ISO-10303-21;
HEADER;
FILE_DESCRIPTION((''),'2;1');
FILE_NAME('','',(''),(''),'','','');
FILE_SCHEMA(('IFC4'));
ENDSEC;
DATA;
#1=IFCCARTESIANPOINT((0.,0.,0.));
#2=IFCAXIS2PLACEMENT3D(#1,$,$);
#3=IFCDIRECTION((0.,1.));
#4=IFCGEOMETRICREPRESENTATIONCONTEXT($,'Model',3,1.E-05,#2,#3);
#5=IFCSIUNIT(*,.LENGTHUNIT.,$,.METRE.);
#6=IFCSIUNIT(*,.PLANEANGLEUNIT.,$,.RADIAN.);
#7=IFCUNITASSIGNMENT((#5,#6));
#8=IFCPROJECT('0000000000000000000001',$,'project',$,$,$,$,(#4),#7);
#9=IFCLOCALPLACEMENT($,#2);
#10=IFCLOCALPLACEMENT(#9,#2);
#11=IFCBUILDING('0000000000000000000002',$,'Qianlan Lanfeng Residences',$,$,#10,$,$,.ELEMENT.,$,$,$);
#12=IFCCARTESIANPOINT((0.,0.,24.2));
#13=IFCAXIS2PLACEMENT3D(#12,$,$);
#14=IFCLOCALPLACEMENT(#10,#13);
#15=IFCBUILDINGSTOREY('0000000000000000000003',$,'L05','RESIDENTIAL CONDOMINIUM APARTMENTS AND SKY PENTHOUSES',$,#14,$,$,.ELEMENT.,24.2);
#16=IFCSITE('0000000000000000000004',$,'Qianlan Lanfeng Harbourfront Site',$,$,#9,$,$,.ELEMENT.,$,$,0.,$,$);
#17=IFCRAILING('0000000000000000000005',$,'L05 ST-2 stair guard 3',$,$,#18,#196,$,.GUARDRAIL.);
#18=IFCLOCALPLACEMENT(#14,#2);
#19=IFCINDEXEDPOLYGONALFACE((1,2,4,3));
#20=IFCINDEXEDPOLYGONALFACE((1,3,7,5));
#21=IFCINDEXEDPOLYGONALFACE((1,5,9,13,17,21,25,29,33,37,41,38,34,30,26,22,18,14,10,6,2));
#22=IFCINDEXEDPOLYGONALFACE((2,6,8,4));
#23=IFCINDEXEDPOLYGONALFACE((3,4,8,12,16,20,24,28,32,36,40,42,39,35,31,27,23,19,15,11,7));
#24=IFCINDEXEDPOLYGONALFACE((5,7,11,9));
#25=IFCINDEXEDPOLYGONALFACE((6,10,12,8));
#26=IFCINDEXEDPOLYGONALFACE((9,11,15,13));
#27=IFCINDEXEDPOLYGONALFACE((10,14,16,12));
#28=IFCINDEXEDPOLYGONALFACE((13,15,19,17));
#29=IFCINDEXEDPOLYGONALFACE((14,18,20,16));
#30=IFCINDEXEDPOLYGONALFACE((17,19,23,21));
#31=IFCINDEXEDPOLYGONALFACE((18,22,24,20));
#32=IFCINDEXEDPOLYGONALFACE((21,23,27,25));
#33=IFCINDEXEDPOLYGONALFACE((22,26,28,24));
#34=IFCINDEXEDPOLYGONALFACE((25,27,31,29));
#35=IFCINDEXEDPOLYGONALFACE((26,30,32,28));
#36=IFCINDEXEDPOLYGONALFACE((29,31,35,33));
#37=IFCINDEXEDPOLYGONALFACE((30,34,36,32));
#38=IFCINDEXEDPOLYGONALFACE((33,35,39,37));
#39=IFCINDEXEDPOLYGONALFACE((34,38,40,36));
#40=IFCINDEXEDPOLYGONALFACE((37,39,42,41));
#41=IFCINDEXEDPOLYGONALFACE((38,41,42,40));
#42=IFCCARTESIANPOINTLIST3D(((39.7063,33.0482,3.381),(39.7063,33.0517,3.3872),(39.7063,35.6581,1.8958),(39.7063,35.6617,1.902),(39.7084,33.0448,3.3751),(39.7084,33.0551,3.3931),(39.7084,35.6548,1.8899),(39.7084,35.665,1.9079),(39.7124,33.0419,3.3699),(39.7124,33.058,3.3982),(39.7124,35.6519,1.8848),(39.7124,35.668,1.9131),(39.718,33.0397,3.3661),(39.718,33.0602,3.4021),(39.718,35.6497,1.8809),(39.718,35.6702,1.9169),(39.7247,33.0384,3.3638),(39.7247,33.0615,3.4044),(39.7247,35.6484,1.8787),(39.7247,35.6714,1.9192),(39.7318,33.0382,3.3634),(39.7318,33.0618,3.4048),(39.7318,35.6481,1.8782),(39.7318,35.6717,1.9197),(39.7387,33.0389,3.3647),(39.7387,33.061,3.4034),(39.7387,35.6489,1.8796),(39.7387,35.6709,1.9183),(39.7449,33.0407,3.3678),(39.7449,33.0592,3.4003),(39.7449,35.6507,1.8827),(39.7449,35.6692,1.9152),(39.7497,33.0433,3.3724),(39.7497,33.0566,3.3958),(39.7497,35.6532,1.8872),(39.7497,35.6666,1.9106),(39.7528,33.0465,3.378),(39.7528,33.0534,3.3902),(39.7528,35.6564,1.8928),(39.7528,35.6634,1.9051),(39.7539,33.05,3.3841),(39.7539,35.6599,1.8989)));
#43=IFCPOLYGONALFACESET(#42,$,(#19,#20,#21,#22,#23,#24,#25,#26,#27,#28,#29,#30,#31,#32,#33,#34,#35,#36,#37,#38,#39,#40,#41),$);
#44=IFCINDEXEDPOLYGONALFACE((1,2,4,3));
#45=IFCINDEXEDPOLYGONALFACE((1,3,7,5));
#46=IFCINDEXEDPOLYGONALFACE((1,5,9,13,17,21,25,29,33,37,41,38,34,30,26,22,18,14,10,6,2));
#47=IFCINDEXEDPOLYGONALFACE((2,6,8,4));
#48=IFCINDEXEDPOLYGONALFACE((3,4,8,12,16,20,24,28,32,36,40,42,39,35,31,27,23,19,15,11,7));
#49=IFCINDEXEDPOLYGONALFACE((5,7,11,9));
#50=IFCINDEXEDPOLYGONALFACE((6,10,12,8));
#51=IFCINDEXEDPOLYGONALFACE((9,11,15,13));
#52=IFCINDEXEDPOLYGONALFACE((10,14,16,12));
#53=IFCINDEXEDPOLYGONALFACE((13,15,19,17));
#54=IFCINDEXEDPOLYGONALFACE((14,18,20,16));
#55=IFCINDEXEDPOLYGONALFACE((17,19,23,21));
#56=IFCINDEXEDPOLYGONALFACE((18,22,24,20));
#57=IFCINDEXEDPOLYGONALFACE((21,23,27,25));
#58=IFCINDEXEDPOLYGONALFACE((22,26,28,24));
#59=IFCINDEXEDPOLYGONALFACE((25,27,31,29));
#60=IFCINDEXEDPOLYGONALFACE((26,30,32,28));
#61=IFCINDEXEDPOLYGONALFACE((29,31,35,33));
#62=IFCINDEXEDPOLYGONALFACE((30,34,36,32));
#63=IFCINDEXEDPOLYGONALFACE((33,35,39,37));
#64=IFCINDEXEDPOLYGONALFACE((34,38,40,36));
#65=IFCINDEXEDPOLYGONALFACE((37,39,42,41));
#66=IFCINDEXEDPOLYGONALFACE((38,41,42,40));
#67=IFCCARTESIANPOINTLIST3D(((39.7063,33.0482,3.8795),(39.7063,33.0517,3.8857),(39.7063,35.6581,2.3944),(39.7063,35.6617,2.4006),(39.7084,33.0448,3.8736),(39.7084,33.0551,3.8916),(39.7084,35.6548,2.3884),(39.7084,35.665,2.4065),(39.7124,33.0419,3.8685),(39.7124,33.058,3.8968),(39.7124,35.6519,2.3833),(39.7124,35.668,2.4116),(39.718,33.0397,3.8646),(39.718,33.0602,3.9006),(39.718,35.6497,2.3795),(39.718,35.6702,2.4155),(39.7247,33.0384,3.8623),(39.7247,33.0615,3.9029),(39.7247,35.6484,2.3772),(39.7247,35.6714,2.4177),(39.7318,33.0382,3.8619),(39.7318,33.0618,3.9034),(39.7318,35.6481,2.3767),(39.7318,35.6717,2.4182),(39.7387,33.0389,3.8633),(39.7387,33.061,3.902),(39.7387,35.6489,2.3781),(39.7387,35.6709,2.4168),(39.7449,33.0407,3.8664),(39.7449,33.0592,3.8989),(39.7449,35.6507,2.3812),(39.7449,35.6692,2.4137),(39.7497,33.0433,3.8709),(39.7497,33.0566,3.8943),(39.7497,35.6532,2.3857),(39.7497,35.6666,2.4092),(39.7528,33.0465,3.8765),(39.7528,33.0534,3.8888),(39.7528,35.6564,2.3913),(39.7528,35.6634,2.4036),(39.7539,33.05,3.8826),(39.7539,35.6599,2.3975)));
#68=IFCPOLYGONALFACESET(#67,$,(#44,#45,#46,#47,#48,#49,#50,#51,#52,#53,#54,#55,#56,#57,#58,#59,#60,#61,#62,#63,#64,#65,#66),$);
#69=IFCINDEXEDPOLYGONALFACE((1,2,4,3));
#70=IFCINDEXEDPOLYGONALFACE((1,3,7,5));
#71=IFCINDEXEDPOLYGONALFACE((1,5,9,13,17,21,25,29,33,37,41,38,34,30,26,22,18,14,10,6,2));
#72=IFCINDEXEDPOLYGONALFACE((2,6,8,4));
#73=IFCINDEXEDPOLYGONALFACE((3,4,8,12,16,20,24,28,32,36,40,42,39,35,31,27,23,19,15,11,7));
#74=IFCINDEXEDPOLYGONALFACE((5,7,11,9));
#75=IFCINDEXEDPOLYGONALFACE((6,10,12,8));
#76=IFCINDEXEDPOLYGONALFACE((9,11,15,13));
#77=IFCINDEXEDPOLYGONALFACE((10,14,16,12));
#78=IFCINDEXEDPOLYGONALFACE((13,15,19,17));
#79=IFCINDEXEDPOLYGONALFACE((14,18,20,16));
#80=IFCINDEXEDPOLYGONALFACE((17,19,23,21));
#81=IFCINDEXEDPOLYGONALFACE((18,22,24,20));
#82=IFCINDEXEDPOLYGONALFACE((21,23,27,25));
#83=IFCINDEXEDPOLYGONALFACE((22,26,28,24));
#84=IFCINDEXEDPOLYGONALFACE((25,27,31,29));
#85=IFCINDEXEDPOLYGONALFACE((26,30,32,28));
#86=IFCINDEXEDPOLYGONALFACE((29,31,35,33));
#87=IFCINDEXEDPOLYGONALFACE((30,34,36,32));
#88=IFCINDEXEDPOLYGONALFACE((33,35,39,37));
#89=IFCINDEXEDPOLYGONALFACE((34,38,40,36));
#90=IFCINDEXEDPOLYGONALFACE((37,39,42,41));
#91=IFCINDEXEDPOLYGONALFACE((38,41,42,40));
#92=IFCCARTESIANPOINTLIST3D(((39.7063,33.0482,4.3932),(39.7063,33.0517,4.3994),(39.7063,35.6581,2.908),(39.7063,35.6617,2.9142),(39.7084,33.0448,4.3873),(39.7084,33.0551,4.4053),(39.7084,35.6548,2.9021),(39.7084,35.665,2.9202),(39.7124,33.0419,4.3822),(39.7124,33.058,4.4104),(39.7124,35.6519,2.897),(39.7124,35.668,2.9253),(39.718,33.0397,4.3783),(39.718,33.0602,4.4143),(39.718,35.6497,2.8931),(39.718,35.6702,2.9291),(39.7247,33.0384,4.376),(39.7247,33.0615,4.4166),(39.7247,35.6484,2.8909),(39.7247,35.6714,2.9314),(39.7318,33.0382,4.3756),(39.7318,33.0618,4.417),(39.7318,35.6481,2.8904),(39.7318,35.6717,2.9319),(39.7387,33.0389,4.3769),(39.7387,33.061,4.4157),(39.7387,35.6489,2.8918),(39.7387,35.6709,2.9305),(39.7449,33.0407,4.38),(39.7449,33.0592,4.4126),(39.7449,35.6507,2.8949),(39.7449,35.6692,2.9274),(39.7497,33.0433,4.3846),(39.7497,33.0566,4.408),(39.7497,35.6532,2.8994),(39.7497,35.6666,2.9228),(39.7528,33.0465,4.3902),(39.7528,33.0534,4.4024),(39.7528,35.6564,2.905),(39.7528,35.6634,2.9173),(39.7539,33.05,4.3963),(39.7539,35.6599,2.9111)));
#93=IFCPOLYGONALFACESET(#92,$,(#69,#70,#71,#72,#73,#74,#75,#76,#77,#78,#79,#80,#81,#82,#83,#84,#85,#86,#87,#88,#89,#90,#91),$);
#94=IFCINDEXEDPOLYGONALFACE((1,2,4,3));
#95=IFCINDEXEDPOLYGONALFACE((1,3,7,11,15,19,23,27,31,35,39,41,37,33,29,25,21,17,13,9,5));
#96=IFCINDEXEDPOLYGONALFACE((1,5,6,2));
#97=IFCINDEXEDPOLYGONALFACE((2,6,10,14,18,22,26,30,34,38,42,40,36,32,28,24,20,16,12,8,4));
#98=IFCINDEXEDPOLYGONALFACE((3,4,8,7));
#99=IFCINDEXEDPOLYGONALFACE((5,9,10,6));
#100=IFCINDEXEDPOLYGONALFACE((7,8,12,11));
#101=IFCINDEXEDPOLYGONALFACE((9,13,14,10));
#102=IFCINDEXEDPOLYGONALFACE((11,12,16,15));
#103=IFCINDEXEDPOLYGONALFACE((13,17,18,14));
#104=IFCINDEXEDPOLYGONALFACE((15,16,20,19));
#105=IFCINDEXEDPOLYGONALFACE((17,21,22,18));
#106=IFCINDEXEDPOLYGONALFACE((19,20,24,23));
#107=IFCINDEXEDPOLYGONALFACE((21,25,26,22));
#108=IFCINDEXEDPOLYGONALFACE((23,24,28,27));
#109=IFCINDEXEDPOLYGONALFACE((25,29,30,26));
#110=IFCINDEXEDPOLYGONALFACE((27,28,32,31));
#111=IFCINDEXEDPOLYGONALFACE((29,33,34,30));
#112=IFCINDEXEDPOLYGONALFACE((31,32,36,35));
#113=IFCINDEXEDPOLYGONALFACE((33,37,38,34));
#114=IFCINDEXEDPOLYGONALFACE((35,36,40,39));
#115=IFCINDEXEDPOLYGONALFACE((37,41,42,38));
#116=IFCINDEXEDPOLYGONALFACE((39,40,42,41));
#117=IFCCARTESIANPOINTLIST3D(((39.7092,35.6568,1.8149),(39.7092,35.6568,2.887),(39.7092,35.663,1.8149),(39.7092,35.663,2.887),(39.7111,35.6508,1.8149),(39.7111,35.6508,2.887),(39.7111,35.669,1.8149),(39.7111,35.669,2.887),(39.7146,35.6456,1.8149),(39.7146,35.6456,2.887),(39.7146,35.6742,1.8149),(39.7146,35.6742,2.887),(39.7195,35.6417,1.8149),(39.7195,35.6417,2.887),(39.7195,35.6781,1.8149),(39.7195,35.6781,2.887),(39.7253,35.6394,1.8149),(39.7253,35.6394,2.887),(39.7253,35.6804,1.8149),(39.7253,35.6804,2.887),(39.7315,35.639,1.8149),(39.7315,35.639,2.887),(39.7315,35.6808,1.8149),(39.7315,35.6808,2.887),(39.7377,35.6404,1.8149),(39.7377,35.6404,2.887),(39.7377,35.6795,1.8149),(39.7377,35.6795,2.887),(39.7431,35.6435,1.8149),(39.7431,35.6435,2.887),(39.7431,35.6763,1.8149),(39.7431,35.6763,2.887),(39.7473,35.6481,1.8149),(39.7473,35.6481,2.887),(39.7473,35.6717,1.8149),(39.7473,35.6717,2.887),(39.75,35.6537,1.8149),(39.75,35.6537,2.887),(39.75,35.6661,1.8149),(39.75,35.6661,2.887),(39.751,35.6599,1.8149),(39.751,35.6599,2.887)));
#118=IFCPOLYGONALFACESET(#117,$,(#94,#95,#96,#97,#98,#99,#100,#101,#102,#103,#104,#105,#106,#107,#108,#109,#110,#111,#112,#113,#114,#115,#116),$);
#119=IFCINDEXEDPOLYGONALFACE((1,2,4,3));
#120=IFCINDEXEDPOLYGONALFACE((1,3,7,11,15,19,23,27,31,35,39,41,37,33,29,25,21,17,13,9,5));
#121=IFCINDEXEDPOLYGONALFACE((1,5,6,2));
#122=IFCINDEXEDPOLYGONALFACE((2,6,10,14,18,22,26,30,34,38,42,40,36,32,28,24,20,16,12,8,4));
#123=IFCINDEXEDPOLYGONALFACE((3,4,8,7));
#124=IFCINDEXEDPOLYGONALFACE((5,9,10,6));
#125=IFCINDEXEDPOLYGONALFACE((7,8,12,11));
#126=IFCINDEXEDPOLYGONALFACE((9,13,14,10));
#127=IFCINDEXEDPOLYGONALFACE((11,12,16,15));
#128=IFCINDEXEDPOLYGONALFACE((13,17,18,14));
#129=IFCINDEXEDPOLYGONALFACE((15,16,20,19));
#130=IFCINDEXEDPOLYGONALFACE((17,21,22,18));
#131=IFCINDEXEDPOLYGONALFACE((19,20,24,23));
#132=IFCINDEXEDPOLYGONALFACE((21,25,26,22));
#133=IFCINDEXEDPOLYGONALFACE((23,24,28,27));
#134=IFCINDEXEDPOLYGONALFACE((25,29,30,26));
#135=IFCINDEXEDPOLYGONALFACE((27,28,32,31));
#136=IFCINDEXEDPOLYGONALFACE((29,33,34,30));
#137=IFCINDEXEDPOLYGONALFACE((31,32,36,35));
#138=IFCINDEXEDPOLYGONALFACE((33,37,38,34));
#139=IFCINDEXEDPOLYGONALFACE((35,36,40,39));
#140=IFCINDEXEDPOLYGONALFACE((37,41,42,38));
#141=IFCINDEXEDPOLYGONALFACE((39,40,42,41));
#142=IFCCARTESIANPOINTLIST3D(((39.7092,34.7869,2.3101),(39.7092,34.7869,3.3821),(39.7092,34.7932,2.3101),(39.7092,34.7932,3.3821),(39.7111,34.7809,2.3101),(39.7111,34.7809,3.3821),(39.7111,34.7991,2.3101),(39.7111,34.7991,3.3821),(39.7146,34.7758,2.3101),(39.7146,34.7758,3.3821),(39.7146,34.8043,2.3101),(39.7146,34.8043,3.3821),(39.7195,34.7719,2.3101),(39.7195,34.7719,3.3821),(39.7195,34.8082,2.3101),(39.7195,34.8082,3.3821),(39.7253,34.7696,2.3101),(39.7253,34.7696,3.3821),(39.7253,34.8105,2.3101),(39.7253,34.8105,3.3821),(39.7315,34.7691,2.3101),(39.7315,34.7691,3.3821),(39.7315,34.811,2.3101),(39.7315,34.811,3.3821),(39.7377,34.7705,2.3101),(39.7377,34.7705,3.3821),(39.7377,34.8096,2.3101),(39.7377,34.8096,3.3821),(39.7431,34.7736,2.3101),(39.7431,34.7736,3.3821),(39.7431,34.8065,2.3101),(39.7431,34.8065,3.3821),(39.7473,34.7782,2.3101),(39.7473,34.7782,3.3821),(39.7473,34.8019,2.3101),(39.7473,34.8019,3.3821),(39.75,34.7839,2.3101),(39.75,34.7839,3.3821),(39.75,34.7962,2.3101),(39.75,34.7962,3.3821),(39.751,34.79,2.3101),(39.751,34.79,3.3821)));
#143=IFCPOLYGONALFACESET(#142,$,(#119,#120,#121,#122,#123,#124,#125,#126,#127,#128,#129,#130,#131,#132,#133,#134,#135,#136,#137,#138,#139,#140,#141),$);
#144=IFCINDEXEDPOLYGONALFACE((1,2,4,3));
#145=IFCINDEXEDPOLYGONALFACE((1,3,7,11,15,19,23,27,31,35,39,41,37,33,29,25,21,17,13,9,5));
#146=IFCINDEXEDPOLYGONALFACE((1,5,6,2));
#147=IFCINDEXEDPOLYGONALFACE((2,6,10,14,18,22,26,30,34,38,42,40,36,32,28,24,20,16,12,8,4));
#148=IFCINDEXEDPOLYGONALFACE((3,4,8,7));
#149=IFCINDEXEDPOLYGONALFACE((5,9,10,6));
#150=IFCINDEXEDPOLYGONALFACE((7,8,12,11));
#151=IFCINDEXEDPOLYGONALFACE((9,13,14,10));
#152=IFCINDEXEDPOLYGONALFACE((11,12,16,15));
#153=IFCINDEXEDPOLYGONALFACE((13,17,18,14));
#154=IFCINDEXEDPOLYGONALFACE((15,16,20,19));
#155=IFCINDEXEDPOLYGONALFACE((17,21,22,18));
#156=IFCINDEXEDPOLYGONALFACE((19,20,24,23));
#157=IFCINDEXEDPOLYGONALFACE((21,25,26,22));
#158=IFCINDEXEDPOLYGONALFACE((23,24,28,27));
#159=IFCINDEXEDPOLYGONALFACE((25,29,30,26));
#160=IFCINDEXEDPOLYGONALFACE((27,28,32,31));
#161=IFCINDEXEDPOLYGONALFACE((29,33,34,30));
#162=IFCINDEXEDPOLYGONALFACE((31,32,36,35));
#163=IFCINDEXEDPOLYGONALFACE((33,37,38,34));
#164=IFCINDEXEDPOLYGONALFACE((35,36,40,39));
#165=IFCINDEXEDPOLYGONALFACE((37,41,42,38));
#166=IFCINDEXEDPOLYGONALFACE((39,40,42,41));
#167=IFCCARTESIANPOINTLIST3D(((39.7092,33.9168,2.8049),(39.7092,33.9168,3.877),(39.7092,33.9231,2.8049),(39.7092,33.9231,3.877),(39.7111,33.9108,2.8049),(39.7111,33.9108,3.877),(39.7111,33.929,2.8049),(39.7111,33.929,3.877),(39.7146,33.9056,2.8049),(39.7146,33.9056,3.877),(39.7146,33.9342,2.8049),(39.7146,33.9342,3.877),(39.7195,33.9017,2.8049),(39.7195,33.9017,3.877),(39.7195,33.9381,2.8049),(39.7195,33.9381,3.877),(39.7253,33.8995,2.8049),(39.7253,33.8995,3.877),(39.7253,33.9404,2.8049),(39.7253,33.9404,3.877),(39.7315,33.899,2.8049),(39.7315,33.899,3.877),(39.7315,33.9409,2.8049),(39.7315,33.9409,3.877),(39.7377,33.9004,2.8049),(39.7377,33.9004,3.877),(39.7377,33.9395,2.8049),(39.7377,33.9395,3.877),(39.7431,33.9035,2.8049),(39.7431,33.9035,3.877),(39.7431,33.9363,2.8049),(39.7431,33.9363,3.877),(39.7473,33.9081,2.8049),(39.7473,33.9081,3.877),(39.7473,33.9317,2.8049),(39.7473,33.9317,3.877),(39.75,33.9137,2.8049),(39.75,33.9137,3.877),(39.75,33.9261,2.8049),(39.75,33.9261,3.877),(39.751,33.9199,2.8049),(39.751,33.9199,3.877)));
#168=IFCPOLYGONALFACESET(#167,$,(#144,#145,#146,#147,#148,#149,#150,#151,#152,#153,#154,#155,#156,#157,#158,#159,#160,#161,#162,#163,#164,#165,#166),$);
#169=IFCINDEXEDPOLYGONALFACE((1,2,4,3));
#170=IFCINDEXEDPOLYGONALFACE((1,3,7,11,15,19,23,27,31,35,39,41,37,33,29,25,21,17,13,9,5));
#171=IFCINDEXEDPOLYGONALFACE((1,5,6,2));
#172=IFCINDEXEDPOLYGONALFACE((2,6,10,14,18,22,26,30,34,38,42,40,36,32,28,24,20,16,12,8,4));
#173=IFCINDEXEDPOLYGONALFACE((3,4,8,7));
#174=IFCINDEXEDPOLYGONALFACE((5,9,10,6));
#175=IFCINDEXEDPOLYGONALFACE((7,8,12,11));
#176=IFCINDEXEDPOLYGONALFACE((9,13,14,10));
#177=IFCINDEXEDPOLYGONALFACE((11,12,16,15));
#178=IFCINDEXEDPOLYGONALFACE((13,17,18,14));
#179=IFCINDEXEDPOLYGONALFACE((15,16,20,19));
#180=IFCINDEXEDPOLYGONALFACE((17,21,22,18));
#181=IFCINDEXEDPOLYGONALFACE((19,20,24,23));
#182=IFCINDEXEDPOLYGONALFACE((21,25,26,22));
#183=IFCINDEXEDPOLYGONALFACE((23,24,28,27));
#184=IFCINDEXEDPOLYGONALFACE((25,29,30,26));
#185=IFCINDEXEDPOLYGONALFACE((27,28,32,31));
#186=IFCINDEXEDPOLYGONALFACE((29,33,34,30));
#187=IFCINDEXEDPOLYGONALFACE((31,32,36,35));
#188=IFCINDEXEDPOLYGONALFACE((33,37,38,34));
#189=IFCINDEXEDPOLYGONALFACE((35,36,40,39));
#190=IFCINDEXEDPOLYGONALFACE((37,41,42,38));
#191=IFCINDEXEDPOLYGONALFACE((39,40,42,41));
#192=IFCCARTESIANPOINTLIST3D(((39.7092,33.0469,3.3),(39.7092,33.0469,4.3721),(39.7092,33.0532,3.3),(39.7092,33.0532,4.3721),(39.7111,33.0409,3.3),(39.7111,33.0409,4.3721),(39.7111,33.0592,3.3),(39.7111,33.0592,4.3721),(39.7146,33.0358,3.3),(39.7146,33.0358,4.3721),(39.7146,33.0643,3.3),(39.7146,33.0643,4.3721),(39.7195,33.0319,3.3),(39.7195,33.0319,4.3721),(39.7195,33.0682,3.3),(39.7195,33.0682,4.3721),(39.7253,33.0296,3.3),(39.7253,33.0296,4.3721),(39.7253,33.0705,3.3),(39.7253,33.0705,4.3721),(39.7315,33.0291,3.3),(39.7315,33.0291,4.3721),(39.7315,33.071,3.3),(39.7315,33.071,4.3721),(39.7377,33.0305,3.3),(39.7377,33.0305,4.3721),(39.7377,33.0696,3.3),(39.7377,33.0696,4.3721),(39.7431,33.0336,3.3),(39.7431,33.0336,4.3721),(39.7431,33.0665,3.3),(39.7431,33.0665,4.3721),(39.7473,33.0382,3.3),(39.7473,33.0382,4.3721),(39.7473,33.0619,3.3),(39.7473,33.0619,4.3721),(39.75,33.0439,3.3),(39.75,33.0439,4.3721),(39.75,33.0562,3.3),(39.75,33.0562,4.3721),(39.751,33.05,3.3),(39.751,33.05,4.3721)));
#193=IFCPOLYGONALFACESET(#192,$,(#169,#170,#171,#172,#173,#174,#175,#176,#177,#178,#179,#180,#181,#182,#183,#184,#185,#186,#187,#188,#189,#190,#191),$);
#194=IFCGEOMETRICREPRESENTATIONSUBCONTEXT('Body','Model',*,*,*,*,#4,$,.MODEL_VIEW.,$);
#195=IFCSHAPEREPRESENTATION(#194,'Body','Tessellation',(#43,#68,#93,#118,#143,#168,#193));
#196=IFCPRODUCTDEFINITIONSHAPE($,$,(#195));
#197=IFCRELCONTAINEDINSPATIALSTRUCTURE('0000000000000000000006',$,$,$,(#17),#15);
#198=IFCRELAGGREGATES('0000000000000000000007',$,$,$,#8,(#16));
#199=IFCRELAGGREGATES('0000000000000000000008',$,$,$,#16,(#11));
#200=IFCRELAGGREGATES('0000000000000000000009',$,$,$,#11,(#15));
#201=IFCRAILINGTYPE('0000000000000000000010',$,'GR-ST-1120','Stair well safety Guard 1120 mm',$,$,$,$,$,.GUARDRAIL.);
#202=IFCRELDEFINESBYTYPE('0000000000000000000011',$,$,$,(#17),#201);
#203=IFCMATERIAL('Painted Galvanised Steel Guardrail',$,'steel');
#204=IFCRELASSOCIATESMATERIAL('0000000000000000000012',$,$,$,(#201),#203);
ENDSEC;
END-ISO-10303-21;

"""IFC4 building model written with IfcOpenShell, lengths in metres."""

from ifc_helpers import new_model, si_unit, direction, frame, origin, origin_2d, place, context, subcontext, project, spatial, circle, extrude, material, type_object, element, save


model = new_model("IFC4")

# Units and contexts
model_context = context("Model", 3, precision=1e-05, world=origin(), true_north=direction((0.0, 1.0)))
body_context = subcontext(model_context, "Body", "Model", "MODEL_VIEW")
ifc_project = project(units=[si_unit("LENGTHUNIT", "METRE"), si_unit("PLANEANGLEUNIT", "RADIAN")], contexts=[model_context])

# Site, building, storey
site_placement = place(None, origin())
site = spatial("IfcSite", under=ifc_project, at=site_placement, Name="Qianlan Lanfeng Harbourfront Site", CompositionType="ELEMENT", RefElevation=0.0)
building_placement = place(site_placement, origin())
building = spatial("IfcBuilding", under=site, at=building_placement, Name="Qianlan Lanfeng Residences", CompositionType="ELEMENT")
storey_placement = place(building_placement, frame((0.0, 0.0, 24.2)))
storey = spatial("IfcBuildingStorey", under=building, at=storey_placement, Name="L05", Description="RESIDENTIAL CONDOMINIUM APARTMENTS AND SKY PENTHOUSES", CompositionType="ELEMENT", Elevation=24.2)

# Railing
ifc_material_1 = material(Name="Painted Galvanised Steel Guardrail", Category="steel")
railing_type_1 = type_object("IfcRailingType", Name="GR-ST-1120", Description="Stair well safety Guard 1120 mm", PredefinedType="GUARDRAIL", material=ifc_material_1)
railing_1_placement = place(storey_placement, frame((39.73, 35.6599, 1.8149)))
element("IfcRailing", 1, at=railing_1_placement, inside=storey, type_object=railing_type_1, Name="L05 ST-2 stair guard 3", PredefinedType="GUARDRAIL", context=body_context, shape_type="SweptSolid", body=[
    extrude(circle(Radius=0.0239, at=origin_2d()), frame((0.0, 0.0, 0.084), z_axis=(0.0, -0.869137, 0.494571), x_axis=(1.0, 0.0, 0.0)), (0.0, 0.0, 1.0), 3.0029),
    extrude(circle(Radius=0.0239, at=origin_2d()), frame((0.0, 0.0, 0.5825), z_axis=(0.0, -0.869137, 0.494571), x_axis=(1.0, 0.0, 0.0)), (0.0, 0.0, 1.0), 3.0029),
    extrude(circle(Radius=0.0239, at=origin_2d()), frame((0.0, 0.0, 1.0962), z_axis=(0.0, -0.869137, 0.494571), x_axis=(1.0, 0.0, 0.0)), (0.0, 0.0, 1.0), 3.0029),
    extrude(circle(Radius=0.021, at=origin_2d()), origin(), (0.0, 0.0, 1.0), 1.072),
    extrude(circle(Radius=0.021, at=origin_2d()), frame((0.0, -0.8699, 0.4951)), (0.0, 0.0, 1.0), 1.072),
    extrude(circle(Radius=0.021, at=origin_2d()), frame((0.0, -1.74, 0.99)), (0.0, 0.0, 1.0), 1.072),
    extrude(circle(Radius=0.021, at=origin_2d()), frame((0.0, -2.6099, 1.4851)), (0.0, 0.0, 1.0), 1.072),
])

save(model, "model.ifc")
